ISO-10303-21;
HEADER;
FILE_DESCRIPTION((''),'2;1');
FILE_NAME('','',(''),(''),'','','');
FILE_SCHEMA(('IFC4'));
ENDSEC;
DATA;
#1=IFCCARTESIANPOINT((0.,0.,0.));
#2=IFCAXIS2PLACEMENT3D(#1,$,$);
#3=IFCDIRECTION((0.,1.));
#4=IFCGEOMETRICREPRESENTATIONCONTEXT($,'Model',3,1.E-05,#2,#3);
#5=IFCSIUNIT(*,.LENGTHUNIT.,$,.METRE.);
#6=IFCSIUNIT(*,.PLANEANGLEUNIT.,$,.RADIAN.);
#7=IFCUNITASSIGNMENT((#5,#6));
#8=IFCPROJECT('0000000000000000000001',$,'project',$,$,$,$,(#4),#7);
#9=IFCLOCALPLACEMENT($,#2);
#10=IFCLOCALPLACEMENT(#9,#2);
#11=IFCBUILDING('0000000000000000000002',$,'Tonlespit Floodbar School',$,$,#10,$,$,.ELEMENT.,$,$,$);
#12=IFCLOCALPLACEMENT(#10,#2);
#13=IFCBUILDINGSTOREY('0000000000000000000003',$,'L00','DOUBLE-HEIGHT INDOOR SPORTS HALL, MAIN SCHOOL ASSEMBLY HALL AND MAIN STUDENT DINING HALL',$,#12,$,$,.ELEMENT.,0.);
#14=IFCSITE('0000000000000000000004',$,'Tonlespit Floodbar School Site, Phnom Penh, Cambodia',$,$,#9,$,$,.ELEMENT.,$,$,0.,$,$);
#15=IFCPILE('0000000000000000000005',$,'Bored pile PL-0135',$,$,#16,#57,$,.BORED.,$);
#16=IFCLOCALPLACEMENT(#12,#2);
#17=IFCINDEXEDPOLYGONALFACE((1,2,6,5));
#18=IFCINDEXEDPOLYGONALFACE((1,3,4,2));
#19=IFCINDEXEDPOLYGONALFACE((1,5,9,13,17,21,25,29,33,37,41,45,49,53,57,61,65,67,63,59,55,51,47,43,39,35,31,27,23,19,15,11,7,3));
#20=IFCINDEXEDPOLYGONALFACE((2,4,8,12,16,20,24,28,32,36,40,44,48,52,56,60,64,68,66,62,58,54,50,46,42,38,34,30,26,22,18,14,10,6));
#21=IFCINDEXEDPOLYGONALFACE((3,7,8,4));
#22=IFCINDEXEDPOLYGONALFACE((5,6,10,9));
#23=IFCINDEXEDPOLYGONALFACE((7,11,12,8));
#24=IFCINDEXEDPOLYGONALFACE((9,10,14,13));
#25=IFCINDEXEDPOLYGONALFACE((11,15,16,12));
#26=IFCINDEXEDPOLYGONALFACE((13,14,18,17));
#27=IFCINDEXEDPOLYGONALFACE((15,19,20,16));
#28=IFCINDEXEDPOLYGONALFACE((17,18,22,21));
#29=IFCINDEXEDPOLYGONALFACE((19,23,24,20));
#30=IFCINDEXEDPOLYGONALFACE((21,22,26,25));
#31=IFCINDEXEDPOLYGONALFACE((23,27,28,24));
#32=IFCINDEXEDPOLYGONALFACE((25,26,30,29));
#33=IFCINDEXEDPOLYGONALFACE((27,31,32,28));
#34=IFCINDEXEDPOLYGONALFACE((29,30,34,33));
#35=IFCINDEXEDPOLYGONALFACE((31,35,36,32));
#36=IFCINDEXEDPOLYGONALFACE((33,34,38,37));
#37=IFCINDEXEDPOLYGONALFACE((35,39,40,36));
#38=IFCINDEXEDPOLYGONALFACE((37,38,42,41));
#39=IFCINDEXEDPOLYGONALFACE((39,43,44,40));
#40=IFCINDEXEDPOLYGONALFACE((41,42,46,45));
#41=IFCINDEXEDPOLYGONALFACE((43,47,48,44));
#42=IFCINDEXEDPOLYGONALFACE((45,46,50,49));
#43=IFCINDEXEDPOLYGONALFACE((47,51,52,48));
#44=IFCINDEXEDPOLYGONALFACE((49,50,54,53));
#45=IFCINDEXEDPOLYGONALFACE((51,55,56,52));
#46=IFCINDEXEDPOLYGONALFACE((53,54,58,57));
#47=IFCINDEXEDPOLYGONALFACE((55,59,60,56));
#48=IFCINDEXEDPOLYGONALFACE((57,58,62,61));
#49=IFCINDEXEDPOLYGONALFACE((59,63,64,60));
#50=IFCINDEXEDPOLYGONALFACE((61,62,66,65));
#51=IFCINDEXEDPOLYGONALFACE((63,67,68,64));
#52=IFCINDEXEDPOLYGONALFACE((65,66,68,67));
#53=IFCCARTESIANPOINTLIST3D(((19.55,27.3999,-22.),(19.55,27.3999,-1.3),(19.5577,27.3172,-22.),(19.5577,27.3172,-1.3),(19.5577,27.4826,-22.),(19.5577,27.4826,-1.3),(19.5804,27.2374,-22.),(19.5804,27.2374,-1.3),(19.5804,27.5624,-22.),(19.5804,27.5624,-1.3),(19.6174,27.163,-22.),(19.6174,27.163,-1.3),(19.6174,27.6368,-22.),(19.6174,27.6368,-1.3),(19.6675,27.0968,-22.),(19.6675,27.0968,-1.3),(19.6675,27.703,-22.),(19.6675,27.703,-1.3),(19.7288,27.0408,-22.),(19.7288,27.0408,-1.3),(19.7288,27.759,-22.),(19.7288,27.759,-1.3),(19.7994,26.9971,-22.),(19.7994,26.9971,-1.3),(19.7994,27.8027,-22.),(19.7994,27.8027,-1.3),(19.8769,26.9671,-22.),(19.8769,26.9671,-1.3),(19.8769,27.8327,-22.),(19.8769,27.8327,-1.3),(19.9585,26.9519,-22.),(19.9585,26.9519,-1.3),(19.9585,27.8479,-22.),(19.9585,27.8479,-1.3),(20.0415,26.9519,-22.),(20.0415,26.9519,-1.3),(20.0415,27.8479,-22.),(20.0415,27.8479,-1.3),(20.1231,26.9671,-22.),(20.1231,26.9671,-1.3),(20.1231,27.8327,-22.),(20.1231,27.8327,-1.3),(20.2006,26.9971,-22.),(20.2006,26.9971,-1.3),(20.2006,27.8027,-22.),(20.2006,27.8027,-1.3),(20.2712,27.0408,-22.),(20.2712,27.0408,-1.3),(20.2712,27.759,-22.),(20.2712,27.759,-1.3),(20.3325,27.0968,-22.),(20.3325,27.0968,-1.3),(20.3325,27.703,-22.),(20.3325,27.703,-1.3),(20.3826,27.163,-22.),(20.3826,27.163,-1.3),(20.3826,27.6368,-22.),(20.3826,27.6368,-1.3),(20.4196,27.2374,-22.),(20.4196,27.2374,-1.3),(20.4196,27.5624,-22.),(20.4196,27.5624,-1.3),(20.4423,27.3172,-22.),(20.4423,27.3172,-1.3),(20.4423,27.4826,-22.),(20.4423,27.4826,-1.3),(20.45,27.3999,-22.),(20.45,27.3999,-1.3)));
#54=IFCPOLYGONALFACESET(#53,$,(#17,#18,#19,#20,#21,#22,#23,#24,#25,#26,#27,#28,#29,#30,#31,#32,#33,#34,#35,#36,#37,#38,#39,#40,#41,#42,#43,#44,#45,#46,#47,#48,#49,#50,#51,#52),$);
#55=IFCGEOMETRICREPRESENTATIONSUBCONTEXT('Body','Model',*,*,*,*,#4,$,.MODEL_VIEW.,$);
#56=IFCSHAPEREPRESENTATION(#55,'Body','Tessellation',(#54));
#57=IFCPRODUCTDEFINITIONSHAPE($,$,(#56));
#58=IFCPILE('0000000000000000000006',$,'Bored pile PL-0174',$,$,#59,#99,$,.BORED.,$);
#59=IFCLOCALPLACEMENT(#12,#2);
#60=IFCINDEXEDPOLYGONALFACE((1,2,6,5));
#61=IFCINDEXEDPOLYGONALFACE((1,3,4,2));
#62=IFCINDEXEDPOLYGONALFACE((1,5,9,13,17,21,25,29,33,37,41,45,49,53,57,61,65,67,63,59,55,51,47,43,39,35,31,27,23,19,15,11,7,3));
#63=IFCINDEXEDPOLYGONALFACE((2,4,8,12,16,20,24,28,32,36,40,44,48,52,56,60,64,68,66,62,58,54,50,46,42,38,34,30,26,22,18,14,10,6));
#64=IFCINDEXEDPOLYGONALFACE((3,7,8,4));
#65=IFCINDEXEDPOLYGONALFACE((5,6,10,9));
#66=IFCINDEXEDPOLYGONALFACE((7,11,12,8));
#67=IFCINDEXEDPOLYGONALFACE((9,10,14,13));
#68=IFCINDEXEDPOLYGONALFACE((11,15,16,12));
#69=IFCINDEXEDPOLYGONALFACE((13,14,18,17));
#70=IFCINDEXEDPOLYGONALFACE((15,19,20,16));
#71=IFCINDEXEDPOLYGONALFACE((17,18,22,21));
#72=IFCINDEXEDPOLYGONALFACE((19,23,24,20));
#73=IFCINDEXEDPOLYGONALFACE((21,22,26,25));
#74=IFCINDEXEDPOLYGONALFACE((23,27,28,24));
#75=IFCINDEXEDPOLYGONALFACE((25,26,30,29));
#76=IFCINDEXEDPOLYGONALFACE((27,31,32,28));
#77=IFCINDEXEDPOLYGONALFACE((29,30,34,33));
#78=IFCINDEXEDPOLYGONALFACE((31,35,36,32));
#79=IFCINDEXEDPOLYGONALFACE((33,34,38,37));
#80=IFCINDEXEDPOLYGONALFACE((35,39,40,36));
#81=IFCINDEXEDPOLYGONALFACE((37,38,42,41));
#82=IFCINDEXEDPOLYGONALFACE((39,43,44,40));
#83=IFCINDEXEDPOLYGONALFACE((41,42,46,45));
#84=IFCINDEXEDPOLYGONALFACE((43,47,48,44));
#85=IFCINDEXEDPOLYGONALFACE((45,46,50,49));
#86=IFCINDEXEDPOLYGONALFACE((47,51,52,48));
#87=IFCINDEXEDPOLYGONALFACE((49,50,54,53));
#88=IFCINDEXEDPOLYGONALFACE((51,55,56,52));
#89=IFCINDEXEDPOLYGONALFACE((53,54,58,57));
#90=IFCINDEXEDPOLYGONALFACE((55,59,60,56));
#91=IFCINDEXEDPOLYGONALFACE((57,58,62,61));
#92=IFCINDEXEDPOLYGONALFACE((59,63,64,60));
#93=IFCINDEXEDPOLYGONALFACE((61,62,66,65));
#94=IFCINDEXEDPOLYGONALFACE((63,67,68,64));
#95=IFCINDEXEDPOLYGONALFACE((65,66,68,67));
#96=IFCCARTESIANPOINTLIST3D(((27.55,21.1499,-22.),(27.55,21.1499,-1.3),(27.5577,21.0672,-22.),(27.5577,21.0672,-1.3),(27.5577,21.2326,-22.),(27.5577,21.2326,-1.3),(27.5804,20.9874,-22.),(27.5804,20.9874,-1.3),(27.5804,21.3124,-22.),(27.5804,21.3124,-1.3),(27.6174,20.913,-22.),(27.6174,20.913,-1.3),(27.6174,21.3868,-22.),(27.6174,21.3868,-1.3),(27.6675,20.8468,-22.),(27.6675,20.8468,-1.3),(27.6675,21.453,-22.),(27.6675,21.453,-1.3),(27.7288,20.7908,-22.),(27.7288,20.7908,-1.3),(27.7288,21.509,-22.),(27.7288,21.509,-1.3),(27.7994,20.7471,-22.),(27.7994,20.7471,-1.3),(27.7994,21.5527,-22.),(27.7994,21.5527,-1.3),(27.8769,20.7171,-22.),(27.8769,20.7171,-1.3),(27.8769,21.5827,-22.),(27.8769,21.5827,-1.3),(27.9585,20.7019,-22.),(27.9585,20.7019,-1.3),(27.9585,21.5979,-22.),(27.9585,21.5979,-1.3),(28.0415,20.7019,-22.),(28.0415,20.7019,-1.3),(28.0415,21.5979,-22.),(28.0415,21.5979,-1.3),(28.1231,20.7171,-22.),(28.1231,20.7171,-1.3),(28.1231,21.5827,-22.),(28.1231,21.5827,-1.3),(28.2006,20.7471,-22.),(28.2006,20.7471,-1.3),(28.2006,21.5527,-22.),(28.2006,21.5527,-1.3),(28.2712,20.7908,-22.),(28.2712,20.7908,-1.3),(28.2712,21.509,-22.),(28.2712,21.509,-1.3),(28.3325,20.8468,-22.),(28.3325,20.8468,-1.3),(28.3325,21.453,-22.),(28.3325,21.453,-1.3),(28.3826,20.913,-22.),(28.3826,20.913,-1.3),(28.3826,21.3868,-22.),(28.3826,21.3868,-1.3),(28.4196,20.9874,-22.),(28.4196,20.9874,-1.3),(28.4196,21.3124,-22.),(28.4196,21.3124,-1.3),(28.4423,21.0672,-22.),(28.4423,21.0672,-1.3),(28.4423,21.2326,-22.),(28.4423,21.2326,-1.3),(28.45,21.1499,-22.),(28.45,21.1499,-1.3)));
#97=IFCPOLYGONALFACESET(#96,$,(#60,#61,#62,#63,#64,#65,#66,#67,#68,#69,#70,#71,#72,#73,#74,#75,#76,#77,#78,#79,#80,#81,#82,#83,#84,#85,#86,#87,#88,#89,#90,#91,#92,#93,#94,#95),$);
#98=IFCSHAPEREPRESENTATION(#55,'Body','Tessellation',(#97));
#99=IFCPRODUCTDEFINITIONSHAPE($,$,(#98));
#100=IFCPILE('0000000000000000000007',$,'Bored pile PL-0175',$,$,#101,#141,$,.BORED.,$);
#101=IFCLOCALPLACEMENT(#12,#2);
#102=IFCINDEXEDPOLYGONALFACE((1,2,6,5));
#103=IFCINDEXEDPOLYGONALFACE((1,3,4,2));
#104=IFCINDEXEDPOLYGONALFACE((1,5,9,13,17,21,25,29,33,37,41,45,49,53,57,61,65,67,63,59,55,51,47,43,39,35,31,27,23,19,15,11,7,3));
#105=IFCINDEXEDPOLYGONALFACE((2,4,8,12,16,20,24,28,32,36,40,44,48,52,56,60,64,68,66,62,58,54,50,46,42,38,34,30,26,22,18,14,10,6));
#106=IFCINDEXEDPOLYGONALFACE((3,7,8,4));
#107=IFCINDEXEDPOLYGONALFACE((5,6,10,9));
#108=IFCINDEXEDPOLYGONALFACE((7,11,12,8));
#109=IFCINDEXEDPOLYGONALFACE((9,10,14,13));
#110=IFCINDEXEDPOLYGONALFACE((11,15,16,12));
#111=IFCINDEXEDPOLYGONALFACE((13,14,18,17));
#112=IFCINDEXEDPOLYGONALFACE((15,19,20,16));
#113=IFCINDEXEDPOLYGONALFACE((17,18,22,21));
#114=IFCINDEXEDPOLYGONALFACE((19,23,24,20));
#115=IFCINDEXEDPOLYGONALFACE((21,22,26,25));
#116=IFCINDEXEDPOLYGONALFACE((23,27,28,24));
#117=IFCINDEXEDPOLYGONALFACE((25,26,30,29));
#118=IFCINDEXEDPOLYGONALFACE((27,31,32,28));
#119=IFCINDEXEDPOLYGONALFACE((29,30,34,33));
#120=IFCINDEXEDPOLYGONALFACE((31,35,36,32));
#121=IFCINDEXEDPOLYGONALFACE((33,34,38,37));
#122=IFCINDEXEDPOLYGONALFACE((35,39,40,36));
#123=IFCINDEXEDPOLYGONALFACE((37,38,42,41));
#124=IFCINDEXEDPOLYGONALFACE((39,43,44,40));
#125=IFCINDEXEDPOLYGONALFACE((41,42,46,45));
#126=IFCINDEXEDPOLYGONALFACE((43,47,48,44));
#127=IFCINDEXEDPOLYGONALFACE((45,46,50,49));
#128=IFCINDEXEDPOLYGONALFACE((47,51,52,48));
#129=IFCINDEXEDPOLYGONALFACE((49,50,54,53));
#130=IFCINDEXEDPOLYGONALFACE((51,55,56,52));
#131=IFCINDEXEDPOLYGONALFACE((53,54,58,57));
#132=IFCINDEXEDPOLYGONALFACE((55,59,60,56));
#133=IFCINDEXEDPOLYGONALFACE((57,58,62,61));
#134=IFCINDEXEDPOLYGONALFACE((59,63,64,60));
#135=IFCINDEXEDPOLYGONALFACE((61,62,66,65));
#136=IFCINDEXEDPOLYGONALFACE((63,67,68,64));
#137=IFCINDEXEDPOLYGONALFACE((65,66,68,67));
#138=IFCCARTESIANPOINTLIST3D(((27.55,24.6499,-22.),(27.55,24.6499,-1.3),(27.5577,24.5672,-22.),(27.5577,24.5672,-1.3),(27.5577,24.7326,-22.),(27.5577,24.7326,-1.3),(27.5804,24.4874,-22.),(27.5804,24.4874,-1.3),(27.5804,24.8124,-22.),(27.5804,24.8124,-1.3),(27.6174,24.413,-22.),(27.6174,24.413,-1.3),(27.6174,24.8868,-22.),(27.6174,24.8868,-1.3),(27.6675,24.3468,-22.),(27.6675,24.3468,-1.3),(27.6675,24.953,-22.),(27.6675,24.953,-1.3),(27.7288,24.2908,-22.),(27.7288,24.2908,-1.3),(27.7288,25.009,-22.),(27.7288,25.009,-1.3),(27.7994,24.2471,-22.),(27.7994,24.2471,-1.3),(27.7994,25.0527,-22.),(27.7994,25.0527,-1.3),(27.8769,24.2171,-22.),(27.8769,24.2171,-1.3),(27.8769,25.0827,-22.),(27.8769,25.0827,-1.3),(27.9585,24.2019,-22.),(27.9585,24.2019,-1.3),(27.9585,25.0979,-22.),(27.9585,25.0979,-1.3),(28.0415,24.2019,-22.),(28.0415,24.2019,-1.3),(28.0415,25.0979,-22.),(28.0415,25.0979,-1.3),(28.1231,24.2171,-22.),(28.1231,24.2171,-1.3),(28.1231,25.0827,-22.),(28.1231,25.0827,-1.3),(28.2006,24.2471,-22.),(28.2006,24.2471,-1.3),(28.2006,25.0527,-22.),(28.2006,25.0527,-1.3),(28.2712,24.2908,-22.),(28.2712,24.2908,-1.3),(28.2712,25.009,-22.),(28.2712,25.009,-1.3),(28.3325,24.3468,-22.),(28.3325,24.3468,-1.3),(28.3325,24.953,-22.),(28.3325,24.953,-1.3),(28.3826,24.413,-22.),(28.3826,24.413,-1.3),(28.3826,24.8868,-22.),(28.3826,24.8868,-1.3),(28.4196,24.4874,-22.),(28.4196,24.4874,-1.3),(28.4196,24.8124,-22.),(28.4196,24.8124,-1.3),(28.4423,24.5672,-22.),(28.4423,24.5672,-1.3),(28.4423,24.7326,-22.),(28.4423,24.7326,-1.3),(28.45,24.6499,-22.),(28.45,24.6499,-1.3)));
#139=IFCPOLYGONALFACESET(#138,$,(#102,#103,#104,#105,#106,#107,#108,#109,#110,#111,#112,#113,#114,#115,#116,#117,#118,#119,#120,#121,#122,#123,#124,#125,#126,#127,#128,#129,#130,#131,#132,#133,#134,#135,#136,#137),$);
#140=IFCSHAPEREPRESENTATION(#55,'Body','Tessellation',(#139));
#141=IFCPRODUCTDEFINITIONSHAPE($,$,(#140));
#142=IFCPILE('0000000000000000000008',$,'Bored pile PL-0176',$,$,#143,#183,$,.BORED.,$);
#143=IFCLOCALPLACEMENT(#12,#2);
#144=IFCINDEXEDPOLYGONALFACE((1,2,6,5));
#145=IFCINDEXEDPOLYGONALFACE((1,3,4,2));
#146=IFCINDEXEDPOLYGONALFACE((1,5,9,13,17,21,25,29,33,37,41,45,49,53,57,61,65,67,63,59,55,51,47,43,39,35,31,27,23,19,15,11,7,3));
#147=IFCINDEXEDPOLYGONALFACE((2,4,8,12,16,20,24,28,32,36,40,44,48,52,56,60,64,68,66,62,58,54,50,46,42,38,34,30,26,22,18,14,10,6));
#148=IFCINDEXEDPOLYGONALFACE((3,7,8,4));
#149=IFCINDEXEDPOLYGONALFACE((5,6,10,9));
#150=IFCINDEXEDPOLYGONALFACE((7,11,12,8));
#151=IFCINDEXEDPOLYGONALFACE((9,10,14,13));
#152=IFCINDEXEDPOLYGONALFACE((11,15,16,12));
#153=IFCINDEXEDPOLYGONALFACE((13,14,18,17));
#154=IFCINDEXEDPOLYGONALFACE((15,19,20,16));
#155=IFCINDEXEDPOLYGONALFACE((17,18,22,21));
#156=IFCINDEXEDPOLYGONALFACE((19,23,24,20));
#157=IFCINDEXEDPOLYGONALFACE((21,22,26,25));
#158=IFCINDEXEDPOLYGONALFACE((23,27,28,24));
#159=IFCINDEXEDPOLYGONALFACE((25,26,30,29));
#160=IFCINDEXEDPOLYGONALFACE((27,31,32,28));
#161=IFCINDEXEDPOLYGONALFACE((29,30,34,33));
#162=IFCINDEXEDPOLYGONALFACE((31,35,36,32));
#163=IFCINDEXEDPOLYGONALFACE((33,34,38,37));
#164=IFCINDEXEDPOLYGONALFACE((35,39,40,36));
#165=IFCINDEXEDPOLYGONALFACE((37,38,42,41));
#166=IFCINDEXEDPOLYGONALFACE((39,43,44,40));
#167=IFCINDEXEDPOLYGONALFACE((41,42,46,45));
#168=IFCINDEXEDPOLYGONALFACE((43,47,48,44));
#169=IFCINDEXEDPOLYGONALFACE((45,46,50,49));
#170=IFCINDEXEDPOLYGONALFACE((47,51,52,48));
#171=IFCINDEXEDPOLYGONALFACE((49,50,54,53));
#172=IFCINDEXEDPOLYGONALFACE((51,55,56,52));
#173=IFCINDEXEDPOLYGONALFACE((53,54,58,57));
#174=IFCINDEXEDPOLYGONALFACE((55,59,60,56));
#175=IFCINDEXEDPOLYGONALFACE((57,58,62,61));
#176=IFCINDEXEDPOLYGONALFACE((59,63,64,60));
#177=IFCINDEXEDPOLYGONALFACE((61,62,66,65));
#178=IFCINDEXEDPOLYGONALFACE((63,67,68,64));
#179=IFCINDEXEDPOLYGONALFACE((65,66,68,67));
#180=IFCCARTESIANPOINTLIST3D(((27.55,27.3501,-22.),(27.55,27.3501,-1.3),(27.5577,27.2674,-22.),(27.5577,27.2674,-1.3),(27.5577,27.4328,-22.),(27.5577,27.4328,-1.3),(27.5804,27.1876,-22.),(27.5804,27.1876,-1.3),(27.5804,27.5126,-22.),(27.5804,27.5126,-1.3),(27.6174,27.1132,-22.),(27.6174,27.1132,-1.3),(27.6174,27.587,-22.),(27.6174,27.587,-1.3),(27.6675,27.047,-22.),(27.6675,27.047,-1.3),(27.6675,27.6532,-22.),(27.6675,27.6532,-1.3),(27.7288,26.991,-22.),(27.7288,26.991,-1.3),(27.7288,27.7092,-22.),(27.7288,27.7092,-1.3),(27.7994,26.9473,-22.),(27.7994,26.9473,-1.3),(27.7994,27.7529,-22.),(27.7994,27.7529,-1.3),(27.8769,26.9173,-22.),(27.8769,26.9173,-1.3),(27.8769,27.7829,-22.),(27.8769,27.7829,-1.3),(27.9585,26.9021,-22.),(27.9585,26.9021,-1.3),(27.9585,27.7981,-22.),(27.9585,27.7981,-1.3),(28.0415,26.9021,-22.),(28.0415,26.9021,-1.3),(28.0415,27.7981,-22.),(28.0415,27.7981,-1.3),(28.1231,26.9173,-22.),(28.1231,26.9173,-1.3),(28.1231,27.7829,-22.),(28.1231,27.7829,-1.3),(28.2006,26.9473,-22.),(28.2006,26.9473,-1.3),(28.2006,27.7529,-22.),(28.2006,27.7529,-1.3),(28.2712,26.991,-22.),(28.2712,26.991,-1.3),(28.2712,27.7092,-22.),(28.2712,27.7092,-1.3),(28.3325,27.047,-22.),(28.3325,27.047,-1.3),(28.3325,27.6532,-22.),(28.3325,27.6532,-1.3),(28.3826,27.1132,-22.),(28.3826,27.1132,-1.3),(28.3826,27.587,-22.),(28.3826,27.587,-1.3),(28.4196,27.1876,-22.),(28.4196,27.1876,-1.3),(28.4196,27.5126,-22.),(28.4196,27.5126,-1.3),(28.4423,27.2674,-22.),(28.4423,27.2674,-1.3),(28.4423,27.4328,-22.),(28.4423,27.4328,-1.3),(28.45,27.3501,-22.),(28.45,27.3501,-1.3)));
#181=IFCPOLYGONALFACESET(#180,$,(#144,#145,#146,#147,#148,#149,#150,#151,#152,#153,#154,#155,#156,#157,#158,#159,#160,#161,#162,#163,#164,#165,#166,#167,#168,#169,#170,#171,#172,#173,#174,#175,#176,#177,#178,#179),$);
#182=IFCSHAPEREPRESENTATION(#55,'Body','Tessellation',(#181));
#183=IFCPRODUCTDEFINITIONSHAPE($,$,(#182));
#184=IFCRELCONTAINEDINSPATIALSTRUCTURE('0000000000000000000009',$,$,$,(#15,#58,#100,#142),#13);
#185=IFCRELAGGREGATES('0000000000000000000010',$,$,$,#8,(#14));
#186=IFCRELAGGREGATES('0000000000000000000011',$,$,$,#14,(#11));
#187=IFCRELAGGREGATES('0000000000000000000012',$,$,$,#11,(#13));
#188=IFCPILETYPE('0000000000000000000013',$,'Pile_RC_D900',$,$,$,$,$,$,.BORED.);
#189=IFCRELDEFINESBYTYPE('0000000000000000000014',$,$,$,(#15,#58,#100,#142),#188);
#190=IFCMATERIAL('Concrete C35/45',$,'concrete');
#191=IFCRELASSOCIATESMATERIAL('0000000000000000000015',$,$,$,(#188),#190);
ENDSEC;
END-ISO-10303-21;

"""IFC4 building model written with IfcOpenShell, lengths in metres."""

from ifc_helpers import new_model, si_unit, direction, frame, origin, origin_2d, place, context, subcontext, project, spatial, circle, extrude, material, material_profile, profile_set, type_object, element, save


model = new_model("IFC4")

# Units and contexts
model_context = context("Model", 3, precision=1e-05, world=origin(), true_north=direction((0.0, 1.0)))
body_context = subcontext(model_context, "Body", "Model", "MODEL_VIEW")
ifc_project = project(units=[si_unit("LENGTHUNIT", "METRE"), si_unit("PLANEANGLEUNIT", "RADIAN")], contexts=[model_context])

# Site, building, storey
site_placement = place(None, origin())
site = spatial("IfcSite", under=ifc_project, at=site_placement, Name="Tonlespit Floodbar School Site, Phnom Penh, Cambodia", CompositionType="ELEMENT", RefElevation=0.0)
building_placement = place(site_placement, origin())
building = spatial("IfcBuilding", under=site, at=building_placement, Name="Tonlespit Floodbar School", CompositionType="ELEMENT")
storey_placement = place(building_placement, origin())
storey = spatial("IfcBuildingStorey", under=building, at=storey_placement, Name="L00", Description="DOUBLE-HEIGHT INDOOR SPORTS HALL, MAIN SCHOOL ASSEMBLY HALL AND MAIN STUDENT DINING HALL", CompositionType="ELEMENT", Elevation=0.0)

# Piles
ifc_material_1 = material(Name="Concrete C35/45", Category="concrete")
ifc_material_profile_1 = material_profile(ifc_material_1, circle(Radius=0.45, at=origin_2d()), Name="BP D900")
ifc_profile_set_1 = profile_set([ifc_material_profile_1], Name="Concrete C35/45")
pile_type = type_object("IfcPileType", Name="Pile_RC_D900", PredefinedType="BORED", material=ifc_profile_set_1)
for number, where, z_axis, x_axis, name in (
    (1, (20.0, 27.3999, -1.3), (0.0, 0.0, -1.0), (1.0, 0.0, 0.0), "Bored pile PL-0135"),
    (2, (28.0, 21.1499, -1.3), (0.0, 0.0, -1.0), (1.0, 0.0, 0.0), "Bored pile PL-0174"),
    (3, (28.0, 24.6499, -1.3), (0.0, 0.0, -1.0), (1.0, 0.0, 0.0), "Bored pile PL-0175"),
    (4, (28.0, 27.3501, -1.3), (0.0, 0.0, -1.0), (1.0, 0.0, 0.0), "Bored pile PL-0176"),
):
    element("IfcPile", number, at=place(storey_placement, frame(where, z_axis=z_axis, x_axis=x_axis)), inside=storey, type_object=pile_type, Name=name, PredefinedType="BORED", context=body_context, shape_type="SweptSolid", body=[
        extrude(circle(Radius=0.45, at=origin_2d()), origin(), (0.0, 0.0, 1.0), 20.7),
    ])

save(model, "model.ifc")
